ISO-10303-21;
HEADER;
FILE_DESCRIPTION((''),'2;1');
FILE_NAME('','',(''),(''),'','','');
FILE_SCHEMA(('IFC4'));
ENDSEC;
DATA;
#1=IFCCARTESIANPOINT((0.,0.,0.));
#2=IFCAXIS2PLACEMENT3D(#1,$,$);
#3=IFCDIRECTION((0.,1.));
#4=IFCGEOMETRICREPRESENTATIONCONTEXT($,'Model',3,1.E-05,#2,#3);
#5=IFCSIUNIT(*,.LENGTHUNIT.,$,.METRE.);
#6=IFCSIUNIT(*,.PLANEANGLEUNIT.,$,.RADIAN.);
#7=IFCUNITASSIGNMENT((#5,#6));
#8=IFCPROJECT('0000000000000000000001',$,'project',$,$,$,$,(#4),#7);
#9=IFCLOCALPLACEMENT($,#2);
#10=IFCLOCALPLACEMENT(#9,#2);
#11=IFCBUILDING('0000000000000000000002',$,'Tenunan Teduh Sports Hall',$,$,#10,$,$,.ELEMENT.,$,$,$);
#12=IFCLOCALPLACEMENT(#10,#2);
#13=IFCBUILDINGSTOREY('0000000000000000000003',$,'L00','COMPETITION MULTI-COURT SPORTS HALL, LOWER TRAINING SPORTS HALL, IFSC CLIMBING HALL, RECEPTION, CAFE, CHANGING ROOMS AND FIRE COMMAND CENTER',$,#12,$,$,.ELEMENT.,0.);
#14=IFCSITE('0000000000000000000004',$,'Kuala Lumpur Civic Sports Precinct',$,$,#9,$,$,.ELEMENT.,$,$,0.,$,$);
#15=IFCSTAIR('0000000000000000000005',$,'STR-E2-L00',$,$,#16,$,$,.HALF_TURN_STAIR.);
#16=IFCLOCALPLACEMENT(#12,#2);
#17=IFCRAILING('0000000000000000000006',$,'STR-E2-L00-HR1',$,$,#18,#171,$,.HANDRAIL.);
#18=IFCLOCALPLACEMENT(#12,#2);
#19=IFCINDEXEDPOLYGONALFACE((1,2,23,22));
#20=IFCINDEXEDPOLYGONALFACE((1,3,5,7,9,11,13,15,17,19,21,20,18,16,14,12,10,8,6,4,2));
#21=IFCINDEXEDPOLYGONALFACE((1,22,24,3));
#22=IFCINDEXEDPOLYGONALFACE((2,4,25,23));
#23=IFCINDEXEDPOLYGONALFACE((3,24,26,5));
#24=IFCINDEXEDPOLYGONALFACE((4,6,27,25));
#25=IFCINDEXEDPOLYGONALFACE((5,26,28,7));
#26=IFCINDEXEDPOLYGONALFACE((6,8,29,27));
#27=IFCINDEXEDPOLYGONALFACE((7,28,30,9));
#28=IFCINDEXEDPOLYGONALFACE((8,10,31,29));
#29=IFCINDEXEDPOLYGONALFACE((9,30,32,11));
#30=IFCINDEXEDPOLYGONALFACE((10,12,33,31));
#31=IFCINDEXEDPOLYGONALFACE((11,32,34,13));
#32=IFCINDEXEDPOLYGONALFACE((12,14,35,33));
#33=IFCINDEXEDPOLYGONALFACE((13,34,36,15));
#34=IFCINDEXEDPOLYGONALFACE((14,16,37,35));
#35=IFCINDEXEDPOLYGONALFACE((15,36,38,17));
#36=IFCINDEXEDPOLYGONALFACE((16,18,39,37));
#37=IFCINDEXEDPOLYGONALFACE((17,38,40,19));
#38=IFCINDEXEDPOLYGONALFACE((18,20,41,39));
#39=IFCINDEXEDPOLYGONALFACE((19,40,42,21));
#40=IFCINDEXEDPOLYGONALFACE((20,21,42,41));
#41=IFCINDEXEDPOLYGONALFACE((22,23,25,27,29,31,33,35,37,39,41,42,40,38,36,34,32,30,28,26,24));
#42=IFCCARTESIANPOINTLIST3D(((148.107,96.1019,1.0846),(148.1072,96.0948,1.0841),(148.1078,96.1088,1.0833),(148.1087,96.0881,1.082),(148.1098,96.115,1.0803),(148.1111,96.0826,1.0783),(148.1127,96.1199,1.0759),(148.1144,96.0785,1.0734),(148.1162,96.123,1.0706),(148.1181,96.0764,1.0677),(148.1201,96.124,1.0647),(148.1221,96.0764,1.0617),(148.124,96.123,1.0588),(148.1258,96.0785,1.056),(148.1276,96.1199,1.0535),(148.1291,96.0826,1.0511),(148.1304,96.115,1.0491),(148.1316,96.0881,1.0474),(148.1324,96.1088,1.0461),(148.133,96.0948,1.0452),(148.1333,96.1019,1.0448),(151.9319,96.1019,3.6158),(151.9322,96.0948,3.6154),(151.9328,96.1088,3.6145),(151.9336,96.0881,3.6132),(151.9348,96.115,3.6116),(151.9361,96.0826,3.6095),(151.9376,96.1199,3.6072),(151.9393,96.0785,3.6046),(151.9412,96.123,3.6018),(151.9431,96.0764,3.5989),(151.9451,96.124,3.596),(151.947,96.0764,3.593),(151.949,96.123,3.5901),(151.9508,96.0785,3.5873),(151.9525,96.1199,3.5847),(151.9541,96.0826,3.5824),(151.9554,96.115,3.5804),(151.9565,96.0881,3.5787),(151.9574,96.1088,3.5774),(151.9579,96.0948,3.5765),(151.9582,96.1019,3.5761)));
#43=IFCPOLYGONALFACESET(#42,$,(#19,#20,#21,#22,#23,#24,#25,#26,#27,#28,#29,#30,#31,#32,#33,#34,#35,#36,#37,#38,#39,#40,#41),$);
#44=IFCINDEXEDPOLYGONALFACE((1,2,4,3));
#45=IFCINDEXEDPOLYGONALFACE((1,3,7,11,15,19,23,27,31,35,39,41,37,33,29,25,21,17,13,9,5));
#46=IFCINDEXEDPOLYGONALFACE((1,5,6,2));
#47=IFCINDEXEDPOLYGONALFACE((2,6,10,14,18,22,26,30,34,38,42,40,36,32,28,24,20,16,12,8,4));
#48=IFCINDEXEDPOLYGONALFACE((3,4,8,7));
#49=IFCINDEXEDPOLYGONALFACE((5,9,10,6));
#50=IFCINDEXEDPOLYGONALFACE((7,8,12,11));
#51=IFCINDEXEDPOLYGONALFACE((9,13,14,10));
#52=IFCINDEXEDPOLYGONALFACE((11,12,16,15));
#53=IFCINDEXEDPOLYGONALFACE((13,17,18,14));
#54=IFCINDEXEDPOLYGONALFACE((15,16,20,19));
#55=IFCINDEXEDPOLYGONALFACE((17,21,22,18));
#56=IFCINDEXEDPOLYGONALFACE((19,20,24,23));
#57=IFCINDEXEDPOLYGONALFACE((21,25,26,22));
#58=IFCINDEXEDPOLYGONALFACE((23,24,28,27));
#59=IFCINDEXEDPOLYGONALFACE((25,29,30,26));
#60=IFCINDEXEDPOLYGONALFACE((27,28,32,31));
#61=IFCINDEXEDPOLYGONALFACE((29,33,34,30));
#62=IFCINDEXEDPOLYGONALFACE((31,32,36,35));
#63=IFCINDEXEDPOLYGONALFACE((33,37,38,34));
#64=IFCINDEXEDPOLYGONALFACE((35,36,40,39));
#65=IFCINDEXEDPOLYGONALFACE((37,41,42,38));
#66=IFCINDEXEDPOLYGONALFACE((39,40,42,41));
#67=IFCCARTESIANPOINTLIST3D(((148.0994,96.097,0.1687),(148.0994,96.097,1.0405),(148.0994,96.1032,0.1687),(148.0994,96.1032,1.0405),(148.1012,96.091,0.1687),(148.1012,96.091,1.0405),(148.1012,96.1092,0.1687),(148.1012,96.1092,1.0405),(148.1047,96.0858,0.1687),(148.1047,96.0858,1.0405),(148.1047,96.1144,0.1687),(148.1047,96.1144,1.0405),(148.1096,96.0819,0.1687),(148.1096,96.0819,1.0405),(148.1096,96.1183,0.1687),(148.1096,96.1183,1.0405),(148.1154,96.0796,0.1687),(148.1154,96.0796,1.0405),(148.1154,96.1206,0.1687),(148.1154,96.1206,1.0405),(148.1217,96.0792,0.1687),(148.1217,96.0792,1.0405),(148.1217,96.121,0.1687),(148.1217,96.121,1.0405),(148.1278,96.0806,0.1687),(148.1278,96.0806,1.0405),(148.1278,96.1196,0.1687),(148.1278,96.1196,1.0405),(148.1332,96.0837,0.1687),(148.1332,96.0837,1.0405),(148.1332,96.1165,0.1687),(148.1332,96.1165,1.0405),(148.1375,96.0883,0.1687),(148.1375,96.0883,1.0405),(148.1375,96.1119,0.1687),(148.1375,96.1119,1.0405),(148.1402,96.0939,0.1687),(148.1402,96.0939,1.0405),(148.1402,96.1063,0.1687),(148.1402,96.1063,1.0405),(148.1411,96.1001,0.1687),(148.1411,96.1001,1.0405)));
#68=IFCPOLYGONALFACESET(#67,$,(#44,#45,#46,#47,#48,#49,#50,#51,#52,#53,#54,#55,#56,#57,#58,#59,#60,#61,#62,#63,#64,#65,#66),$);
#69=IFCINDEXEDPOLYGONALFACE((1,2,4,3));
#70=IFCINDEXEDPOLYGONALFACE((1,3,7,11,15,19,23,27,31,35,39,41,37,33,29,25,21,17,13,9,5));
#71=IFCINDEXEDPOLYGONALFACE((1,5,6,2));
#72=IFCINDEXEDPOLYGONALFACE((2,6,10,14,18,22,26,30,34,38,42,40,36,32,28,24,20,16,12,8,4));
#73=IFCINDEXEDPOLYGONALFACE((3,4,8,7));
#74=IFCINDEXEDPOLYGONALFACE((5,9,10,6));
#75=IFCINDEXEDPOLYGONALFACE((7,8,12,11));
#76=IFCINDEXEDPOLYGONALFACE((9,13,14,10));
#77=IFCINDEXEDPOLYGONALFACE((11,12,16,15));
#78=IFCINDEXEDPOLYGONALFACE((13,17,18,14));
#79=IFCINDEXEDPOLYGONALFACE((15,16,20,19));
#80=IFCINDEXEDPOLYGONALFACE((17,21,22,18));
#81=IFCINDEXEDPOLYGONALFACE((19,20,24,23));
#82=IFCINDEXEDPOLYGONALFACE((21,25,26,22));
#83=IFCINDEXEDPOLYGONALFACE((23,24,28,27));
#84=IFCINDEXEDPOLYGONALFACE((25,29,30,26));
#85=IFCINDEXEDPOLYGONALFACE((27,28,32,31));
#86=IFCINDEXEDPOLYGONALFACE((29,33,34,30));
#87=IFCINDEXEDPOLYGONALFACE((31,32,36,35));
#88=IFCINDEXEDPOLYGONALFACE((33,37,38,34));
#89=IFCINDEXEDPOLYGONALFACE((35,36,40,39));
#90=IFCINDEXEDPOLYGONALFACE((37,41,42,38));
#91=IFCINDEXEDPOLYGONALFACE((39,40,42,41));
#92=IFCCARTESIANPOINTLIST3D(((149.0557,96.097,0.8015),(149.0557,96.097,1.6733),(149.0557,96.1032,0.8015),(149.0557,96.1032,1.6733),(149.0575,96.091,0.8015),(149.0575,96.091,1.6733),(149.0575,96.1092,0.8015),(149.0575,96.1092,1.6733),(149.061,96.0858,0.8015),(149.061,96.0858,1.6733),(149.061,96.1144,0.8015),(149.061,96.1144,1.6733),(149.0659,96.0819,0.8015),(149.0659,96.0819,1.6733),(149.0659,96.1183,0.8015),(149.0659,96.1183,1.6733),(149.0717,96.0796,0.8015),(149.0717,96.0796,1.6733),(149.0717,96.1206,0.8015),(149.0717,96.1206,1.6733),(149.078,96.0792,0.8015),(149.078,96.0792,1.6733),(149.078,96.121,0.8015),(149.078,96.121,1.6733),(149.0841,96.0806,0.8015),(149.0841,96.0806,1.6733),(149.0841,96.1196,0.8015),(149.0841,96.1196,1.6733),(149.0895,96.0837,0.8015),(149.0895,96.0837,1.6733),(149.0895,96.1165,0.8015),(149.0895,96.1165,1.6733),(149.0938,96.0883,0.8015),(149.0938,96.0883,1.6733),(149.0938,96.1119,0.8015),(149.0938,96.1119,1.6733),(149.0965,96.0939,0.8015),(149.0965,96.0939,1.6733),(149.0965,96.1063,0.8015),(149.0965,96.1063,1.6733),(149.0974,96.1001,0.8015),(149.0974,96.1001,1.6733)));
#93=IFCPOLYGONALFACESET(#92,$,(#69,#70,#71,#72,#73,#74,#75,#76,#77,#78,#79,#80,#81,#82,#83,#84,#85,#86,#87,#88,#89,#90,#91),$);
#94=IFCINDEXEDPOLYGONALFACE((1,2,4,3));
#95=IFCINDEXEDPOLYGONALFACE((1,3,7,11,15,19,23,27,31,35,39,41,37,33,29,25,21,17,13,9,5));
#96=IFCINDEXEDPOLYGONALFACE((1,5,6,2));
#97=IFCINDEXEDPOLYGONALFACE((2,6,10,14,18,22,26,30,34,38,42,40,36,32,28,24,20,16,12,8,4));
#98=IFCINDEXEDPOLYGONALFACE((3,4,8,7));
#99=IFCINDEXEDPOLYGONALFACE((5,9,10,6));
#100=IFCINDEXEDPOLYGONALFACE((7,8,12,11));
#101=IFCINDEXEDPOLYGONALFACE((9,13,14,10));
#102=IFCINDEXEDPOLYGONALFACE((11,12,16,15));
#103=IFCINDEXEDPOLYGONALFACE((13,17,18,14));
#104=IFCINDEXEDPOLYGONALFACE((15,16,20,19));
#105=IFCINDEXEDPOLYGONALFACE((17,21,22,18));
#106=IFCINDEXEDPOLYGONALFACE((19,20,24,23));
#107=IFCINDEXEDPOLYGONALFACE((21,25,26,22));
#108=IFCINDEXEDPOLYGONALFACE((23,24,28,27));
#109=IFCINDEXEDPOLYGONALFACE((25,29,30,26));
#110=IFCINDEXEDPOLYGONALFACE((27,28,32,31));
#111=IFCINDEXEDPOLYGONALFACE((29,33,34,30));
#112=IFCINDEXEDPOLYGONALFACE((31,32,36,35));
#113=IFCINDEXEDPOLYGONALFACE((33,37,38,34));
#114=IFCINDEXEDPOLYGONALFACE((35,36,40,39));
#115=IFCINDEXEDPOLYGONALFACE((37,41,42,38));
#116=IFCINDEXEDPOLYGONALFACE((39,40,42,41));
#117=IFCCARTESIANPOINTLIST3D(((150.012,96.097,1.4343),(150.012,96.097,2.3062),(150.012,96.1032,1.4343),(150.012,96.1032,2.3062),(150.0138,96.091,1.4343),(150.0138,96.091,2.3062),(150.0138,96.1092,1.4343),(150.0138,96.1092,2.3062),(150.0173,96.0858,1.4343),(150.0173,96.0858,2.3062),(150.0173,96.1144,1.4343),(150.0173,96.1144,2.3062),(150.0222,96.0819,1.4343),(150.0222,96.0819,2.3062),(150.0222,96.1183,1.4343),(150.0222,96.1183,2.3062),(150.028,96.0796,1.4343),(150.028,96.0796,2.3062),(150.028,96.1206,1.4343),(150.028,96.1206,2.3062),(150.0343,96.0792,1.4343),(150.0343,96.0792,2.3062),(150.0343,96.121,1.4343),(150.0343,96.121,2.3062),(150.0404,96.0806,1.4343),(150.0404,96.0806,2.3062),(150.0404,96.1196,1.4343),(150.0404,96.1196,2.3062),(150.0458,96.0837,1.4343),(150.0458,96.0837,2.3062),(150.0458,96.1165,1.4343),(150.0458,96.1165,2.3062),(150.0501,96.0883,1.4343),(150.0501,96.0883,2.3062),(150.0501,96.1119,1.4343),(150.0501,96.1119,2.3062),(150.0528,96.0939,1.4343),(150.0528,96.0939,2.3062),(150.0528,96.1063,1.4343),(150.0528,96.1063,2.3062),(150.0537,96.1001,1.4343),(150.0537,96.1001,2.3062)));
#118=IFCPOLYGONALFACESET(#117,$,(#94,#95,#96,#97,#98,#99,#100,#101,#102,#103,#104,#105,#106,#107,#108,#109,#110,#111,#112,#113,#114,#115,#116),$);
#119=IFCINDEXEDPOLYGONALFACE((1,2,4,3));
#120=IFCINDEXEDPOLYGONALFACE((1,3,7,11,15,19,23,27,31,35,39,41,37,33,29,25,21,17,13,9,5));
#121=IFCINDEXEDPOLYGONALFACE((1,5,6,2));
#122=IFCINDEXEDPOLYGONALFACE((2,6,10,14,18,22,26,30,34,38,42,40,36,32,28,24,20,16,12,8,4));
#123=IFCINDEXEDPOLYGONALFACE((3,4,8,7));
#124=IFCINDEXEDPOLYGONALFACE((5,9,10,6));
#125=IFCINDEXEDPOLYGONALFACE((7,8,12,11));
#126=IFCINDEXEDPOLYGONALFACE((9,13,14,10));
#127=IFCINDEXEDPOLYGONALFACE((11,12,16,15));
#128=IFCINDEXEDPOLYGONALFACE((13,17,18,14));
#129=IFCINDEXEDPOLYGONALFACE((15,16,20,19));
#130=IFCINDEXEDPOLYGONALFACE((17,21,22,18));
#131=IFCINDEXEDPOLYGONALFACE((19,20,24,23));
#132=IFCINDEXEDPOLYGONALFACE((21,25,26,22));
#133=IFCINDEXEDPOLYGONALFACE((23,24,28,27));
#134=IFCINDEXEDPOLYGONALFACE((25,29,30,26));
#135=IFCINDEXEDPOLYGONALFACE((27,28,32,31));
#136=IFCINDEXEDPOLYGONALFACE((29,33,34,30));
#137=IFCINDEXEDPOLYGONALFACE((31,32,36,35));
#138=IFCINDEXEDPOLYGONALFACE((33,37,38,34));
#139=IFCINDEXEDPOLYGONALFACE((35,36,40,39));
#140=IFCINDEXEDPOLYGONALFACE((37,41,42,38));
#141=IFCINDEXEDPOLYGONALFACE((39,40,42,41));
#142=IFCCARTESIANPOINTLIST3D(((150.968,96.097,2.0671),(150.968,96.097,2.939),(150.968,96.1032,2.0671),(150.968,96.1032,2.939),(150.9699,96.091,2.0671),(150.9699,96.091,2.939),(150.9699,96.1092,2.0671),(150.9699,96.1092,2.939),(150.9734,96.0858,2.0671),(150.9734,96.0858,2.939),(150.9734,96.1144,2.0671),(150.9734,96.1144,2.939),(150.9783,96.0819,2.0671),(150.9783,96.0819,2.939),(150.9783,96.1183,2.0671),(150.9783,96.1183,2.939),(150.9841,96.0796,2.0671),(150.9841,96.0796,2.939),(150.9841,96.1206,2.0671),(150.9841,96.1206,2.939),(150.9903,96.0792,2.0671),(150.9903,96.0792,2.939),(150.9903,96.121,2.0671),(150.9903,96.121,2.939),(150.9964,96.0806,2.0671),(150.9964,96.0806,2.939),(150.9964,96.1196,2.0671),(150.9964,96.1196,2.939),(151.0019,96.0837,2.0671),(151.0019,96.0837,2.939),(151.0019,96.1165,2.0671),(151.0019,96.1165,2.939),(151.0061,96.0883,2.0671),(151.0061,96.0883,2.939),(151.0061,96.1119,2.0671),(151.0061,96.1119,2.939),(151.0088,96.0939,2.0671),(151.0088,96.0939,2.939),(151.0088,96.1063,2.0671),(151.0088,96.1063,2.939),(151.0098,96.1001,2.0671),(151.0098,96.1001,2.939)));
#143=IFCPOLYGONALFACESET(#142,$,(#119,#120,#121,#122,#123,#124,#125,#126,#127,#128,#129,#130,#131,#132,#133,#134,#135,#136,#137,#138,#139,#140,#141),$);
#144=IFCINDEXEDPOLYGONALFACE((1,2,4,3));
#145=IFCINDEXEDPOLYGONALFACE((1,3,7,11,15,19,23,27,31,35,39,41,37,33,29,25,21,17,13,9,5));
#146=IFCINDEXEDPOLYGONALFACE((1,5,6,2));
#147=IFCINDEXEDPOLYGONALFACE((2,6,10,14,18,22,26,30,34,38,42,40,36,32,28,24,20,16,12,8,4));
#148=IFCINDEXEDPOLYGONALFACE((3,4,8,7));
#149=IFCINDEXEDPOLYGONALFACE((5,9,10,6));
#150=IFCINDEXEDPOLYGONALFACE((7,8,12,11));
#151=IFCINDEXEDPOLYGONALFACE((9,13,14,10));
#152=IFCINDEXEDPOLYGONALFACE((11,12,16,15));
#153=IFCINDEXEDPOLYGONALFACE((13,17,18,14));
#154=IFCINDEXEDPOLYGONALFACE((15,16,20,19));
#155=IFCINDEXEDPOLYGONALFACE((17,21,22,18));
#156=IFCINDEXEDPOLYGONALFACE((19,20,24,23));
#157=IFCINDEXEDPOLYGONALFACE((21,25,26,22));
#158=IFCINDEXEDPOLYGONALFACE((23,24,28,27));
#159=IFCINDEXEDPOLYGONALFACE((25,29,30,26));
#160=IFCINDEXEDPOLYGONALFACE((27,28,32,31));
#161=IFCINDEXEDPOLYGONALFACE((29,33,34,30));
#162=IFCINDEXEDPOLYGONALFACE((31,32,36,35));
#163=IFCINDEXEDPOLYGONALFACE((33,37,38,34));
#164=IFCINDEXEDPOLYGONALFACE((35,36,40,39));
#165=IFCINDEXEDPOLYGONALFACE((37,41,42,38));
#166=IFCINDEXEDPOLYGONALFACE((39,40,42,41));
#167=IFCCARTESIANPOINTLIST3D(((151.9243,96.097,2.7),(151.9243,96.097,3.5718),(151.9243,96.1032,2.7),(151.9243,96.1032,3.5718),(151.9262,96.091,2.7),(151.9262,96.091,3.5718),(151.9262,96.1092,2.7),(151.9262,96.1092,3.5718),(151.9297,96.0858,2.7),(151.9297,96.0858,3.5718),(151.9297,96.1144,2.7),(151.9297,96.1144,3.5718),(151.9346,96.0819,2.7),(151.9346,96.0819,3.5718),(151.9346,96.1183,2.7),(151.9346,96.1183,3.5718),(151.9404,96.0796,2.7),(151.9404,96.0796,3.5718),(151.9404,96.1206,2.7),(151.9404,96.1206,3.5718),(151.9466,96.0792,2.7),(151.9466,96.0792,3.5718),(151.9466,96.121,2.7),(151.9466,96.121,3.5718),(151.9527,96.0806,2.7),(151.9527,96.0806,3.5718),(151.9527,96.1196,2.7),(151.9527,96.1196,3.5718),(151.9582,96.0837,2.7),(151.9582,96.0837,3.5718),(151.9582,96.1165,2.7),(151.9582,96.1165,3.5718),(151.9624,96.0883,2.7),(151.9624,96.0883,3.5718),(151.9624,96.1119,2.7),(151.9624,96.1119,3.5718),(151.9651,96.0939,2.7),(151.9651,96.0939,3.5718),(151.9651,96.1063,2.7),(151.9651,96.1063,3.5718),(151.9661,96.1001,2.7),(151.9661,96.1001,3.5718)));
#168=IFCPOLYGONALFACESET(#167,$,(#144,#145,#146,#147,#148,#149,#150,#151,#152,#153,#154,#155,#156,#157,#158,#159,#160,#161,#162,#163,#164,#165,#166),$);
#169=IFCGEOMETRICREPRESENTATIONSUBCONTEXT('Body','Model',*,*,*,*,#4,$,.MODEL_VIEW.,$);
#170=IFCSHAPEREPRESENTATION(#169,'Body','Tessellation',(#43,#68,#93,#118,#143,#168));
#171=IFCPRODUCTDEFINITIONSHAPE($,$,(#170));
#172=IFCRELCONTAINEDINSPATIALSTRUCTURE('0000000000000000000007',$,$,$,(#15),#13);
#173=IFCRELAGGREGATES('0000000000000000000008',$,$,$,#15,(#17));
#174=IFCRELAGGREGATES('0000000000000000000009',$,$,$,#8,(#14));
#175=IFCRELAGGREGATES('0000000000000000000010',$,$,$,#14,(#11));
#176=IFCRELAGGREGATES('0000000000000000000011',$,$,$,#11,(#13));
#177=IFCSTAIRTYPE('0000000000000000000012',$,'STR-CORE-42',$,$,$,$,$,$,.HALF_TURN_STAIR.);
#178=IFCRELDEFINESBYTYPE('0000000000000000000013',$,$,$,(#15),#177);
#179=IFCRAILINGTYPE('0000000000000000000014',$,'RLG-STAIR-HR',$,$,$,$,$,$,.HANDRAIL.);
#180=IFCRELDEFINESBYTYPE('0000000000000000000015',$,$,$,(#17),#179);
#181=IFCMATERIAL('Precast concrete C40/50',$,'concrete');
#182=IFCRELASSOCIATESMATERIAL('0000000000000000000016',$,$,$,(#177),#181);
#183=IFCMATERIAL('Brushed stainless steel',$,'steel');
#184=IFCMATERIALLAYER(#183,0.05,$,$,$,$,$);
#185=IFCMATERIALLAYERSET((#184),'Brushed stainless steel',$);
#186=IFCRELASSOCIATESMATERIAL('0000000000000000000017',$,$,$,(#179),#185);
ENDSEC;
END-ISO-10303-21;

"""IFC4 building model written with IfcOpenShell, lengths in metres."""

from ifc_helpers import new_model, si_unit, direction, frame, origin, origin_2d, place, context, subcontext, project, spatial, circle, extrude, material, layer, layer_set, type_object, element, aggregate, save


model = new_model("IFC4")

# Units and contexts
model_context = context("Model", 3, precision=1e-05, world=origin(), true_north=direction((0.0, 1.0)))
body_context = subcontext(model_context, "Body", "Model", "MODEL_VIEW")
ifc_project = project(units=[si_unit("LENGTHUNIT", "METRE"), si_unit("PLANEANGLEUNIT", "RADIAN")], contexts=[model_context])

# Site, building, storey
site_placement = place(None, origin())
site = spatial("IfcSite", under=ifc_project, at=site_placement, Name="Kuala Lumpur Civic Sports Precinct", CompositionType="ELEMENT", RefElevation=0.0)
building_placement = place(site_placement, origin())
building = spatial("IfcBuilding", under=site, at=building_placement, Name="Tenunan Teduh Sports Hall", CompositionType="ELEMENT")
storey_placement = place(building_placement, origin())
storey = spatial("IfcBuildingStorey", under=building, at=storey_placement, Name="L00", Description="COMPETITION MULTI-COURT SPORTS HALL, LOWER TRAINING SPORTS HALL, IFSC CLIMBING HALL, RECEPTION, CAFE, CHANGING ROOMS AND FIRE COMMAND CENTER", CompositionType="ELEMENT", Elevation=0.0)

# Stair
ifc_material_1 = material(Name="Precast concrete C40/50", Category="concrete")
stair_type = type_object("IfcStairType", Name="STR-CORE-42", PredefinedType="HALF_TURN_STAIR", material=ifc_material_1)
stair_placement = place(storey_placement, origin())
stair = element("IfcStair", 1, at=stair_placement, inside=storey, type_object=stair_type, Name="STR-E2-L00", PredefinedType="HALF_TURN_STAIR")

# Railing
ifc_material_2 = material(Name="Brushed stainless steel", Category="steel")
ifc_layer_1 = layer(ifc_material_2, 0.05)
ifc_layer_set_1 = layer_set([ifc_layer_1], Name="Brushed stainless steel")
railing_type_1 = type_object("IfcRailingType", Name="RLG-STAIR-HR", PredefinedType="HANDRAIL", material=ifc_layer_set_1)
railing_1_placement = place(storey_placement, frame((148.1201, 96.1001, 0.1687)))
railing_1 = element("IfcRailing", 2, at=railing_1_placement, type_object=railing_type_1, Name="STR-E2-L00-HR1", PredefinedType="HANDRAIL", context=body_context, shape_type="SweptSolid", body=[
    extrude(circle(Radius=0.0239, at=origin_2d()), frame((0.0, 0.0, 0.896), z_axis=(0.833929, 0.0, 0.551872), x_axis=(0.0, 1.0, 0.0)), (0.0, 0.0, 1.0), 4.5867),
    extrude(circle(Radius=0.021, at=origin_2d()), origin(), (0.0, 0.0, 1.0), 0.8718),
    extrude(circle(Radius=0.021, at=origin_2d()), frame((0.9563, 0.0, 0.6328)), (0.0, 0.0, 1.0), 0.8718),
    extrude(circle(Radius=0.021, at=origin_2d()), frame((1.9126, 0.0, 1.2656)), (0.0, 0.0, 1.0), 0.8718),
    extrude(circle(Radius=0.021, at=origin_2d()), frame((2.8687, 0.0, 1.8984)), (0.0, 0.0, 1.0), 0.8718),
    extrude(circle(Radius=0.021, at=origin_2d()), frame((3.825, 0.0, 2.5312)), (0.0, 0.0, 1.0), 0.8718),
])
aggregate(stair, [railing_1])

save(model, "model.ifc")
